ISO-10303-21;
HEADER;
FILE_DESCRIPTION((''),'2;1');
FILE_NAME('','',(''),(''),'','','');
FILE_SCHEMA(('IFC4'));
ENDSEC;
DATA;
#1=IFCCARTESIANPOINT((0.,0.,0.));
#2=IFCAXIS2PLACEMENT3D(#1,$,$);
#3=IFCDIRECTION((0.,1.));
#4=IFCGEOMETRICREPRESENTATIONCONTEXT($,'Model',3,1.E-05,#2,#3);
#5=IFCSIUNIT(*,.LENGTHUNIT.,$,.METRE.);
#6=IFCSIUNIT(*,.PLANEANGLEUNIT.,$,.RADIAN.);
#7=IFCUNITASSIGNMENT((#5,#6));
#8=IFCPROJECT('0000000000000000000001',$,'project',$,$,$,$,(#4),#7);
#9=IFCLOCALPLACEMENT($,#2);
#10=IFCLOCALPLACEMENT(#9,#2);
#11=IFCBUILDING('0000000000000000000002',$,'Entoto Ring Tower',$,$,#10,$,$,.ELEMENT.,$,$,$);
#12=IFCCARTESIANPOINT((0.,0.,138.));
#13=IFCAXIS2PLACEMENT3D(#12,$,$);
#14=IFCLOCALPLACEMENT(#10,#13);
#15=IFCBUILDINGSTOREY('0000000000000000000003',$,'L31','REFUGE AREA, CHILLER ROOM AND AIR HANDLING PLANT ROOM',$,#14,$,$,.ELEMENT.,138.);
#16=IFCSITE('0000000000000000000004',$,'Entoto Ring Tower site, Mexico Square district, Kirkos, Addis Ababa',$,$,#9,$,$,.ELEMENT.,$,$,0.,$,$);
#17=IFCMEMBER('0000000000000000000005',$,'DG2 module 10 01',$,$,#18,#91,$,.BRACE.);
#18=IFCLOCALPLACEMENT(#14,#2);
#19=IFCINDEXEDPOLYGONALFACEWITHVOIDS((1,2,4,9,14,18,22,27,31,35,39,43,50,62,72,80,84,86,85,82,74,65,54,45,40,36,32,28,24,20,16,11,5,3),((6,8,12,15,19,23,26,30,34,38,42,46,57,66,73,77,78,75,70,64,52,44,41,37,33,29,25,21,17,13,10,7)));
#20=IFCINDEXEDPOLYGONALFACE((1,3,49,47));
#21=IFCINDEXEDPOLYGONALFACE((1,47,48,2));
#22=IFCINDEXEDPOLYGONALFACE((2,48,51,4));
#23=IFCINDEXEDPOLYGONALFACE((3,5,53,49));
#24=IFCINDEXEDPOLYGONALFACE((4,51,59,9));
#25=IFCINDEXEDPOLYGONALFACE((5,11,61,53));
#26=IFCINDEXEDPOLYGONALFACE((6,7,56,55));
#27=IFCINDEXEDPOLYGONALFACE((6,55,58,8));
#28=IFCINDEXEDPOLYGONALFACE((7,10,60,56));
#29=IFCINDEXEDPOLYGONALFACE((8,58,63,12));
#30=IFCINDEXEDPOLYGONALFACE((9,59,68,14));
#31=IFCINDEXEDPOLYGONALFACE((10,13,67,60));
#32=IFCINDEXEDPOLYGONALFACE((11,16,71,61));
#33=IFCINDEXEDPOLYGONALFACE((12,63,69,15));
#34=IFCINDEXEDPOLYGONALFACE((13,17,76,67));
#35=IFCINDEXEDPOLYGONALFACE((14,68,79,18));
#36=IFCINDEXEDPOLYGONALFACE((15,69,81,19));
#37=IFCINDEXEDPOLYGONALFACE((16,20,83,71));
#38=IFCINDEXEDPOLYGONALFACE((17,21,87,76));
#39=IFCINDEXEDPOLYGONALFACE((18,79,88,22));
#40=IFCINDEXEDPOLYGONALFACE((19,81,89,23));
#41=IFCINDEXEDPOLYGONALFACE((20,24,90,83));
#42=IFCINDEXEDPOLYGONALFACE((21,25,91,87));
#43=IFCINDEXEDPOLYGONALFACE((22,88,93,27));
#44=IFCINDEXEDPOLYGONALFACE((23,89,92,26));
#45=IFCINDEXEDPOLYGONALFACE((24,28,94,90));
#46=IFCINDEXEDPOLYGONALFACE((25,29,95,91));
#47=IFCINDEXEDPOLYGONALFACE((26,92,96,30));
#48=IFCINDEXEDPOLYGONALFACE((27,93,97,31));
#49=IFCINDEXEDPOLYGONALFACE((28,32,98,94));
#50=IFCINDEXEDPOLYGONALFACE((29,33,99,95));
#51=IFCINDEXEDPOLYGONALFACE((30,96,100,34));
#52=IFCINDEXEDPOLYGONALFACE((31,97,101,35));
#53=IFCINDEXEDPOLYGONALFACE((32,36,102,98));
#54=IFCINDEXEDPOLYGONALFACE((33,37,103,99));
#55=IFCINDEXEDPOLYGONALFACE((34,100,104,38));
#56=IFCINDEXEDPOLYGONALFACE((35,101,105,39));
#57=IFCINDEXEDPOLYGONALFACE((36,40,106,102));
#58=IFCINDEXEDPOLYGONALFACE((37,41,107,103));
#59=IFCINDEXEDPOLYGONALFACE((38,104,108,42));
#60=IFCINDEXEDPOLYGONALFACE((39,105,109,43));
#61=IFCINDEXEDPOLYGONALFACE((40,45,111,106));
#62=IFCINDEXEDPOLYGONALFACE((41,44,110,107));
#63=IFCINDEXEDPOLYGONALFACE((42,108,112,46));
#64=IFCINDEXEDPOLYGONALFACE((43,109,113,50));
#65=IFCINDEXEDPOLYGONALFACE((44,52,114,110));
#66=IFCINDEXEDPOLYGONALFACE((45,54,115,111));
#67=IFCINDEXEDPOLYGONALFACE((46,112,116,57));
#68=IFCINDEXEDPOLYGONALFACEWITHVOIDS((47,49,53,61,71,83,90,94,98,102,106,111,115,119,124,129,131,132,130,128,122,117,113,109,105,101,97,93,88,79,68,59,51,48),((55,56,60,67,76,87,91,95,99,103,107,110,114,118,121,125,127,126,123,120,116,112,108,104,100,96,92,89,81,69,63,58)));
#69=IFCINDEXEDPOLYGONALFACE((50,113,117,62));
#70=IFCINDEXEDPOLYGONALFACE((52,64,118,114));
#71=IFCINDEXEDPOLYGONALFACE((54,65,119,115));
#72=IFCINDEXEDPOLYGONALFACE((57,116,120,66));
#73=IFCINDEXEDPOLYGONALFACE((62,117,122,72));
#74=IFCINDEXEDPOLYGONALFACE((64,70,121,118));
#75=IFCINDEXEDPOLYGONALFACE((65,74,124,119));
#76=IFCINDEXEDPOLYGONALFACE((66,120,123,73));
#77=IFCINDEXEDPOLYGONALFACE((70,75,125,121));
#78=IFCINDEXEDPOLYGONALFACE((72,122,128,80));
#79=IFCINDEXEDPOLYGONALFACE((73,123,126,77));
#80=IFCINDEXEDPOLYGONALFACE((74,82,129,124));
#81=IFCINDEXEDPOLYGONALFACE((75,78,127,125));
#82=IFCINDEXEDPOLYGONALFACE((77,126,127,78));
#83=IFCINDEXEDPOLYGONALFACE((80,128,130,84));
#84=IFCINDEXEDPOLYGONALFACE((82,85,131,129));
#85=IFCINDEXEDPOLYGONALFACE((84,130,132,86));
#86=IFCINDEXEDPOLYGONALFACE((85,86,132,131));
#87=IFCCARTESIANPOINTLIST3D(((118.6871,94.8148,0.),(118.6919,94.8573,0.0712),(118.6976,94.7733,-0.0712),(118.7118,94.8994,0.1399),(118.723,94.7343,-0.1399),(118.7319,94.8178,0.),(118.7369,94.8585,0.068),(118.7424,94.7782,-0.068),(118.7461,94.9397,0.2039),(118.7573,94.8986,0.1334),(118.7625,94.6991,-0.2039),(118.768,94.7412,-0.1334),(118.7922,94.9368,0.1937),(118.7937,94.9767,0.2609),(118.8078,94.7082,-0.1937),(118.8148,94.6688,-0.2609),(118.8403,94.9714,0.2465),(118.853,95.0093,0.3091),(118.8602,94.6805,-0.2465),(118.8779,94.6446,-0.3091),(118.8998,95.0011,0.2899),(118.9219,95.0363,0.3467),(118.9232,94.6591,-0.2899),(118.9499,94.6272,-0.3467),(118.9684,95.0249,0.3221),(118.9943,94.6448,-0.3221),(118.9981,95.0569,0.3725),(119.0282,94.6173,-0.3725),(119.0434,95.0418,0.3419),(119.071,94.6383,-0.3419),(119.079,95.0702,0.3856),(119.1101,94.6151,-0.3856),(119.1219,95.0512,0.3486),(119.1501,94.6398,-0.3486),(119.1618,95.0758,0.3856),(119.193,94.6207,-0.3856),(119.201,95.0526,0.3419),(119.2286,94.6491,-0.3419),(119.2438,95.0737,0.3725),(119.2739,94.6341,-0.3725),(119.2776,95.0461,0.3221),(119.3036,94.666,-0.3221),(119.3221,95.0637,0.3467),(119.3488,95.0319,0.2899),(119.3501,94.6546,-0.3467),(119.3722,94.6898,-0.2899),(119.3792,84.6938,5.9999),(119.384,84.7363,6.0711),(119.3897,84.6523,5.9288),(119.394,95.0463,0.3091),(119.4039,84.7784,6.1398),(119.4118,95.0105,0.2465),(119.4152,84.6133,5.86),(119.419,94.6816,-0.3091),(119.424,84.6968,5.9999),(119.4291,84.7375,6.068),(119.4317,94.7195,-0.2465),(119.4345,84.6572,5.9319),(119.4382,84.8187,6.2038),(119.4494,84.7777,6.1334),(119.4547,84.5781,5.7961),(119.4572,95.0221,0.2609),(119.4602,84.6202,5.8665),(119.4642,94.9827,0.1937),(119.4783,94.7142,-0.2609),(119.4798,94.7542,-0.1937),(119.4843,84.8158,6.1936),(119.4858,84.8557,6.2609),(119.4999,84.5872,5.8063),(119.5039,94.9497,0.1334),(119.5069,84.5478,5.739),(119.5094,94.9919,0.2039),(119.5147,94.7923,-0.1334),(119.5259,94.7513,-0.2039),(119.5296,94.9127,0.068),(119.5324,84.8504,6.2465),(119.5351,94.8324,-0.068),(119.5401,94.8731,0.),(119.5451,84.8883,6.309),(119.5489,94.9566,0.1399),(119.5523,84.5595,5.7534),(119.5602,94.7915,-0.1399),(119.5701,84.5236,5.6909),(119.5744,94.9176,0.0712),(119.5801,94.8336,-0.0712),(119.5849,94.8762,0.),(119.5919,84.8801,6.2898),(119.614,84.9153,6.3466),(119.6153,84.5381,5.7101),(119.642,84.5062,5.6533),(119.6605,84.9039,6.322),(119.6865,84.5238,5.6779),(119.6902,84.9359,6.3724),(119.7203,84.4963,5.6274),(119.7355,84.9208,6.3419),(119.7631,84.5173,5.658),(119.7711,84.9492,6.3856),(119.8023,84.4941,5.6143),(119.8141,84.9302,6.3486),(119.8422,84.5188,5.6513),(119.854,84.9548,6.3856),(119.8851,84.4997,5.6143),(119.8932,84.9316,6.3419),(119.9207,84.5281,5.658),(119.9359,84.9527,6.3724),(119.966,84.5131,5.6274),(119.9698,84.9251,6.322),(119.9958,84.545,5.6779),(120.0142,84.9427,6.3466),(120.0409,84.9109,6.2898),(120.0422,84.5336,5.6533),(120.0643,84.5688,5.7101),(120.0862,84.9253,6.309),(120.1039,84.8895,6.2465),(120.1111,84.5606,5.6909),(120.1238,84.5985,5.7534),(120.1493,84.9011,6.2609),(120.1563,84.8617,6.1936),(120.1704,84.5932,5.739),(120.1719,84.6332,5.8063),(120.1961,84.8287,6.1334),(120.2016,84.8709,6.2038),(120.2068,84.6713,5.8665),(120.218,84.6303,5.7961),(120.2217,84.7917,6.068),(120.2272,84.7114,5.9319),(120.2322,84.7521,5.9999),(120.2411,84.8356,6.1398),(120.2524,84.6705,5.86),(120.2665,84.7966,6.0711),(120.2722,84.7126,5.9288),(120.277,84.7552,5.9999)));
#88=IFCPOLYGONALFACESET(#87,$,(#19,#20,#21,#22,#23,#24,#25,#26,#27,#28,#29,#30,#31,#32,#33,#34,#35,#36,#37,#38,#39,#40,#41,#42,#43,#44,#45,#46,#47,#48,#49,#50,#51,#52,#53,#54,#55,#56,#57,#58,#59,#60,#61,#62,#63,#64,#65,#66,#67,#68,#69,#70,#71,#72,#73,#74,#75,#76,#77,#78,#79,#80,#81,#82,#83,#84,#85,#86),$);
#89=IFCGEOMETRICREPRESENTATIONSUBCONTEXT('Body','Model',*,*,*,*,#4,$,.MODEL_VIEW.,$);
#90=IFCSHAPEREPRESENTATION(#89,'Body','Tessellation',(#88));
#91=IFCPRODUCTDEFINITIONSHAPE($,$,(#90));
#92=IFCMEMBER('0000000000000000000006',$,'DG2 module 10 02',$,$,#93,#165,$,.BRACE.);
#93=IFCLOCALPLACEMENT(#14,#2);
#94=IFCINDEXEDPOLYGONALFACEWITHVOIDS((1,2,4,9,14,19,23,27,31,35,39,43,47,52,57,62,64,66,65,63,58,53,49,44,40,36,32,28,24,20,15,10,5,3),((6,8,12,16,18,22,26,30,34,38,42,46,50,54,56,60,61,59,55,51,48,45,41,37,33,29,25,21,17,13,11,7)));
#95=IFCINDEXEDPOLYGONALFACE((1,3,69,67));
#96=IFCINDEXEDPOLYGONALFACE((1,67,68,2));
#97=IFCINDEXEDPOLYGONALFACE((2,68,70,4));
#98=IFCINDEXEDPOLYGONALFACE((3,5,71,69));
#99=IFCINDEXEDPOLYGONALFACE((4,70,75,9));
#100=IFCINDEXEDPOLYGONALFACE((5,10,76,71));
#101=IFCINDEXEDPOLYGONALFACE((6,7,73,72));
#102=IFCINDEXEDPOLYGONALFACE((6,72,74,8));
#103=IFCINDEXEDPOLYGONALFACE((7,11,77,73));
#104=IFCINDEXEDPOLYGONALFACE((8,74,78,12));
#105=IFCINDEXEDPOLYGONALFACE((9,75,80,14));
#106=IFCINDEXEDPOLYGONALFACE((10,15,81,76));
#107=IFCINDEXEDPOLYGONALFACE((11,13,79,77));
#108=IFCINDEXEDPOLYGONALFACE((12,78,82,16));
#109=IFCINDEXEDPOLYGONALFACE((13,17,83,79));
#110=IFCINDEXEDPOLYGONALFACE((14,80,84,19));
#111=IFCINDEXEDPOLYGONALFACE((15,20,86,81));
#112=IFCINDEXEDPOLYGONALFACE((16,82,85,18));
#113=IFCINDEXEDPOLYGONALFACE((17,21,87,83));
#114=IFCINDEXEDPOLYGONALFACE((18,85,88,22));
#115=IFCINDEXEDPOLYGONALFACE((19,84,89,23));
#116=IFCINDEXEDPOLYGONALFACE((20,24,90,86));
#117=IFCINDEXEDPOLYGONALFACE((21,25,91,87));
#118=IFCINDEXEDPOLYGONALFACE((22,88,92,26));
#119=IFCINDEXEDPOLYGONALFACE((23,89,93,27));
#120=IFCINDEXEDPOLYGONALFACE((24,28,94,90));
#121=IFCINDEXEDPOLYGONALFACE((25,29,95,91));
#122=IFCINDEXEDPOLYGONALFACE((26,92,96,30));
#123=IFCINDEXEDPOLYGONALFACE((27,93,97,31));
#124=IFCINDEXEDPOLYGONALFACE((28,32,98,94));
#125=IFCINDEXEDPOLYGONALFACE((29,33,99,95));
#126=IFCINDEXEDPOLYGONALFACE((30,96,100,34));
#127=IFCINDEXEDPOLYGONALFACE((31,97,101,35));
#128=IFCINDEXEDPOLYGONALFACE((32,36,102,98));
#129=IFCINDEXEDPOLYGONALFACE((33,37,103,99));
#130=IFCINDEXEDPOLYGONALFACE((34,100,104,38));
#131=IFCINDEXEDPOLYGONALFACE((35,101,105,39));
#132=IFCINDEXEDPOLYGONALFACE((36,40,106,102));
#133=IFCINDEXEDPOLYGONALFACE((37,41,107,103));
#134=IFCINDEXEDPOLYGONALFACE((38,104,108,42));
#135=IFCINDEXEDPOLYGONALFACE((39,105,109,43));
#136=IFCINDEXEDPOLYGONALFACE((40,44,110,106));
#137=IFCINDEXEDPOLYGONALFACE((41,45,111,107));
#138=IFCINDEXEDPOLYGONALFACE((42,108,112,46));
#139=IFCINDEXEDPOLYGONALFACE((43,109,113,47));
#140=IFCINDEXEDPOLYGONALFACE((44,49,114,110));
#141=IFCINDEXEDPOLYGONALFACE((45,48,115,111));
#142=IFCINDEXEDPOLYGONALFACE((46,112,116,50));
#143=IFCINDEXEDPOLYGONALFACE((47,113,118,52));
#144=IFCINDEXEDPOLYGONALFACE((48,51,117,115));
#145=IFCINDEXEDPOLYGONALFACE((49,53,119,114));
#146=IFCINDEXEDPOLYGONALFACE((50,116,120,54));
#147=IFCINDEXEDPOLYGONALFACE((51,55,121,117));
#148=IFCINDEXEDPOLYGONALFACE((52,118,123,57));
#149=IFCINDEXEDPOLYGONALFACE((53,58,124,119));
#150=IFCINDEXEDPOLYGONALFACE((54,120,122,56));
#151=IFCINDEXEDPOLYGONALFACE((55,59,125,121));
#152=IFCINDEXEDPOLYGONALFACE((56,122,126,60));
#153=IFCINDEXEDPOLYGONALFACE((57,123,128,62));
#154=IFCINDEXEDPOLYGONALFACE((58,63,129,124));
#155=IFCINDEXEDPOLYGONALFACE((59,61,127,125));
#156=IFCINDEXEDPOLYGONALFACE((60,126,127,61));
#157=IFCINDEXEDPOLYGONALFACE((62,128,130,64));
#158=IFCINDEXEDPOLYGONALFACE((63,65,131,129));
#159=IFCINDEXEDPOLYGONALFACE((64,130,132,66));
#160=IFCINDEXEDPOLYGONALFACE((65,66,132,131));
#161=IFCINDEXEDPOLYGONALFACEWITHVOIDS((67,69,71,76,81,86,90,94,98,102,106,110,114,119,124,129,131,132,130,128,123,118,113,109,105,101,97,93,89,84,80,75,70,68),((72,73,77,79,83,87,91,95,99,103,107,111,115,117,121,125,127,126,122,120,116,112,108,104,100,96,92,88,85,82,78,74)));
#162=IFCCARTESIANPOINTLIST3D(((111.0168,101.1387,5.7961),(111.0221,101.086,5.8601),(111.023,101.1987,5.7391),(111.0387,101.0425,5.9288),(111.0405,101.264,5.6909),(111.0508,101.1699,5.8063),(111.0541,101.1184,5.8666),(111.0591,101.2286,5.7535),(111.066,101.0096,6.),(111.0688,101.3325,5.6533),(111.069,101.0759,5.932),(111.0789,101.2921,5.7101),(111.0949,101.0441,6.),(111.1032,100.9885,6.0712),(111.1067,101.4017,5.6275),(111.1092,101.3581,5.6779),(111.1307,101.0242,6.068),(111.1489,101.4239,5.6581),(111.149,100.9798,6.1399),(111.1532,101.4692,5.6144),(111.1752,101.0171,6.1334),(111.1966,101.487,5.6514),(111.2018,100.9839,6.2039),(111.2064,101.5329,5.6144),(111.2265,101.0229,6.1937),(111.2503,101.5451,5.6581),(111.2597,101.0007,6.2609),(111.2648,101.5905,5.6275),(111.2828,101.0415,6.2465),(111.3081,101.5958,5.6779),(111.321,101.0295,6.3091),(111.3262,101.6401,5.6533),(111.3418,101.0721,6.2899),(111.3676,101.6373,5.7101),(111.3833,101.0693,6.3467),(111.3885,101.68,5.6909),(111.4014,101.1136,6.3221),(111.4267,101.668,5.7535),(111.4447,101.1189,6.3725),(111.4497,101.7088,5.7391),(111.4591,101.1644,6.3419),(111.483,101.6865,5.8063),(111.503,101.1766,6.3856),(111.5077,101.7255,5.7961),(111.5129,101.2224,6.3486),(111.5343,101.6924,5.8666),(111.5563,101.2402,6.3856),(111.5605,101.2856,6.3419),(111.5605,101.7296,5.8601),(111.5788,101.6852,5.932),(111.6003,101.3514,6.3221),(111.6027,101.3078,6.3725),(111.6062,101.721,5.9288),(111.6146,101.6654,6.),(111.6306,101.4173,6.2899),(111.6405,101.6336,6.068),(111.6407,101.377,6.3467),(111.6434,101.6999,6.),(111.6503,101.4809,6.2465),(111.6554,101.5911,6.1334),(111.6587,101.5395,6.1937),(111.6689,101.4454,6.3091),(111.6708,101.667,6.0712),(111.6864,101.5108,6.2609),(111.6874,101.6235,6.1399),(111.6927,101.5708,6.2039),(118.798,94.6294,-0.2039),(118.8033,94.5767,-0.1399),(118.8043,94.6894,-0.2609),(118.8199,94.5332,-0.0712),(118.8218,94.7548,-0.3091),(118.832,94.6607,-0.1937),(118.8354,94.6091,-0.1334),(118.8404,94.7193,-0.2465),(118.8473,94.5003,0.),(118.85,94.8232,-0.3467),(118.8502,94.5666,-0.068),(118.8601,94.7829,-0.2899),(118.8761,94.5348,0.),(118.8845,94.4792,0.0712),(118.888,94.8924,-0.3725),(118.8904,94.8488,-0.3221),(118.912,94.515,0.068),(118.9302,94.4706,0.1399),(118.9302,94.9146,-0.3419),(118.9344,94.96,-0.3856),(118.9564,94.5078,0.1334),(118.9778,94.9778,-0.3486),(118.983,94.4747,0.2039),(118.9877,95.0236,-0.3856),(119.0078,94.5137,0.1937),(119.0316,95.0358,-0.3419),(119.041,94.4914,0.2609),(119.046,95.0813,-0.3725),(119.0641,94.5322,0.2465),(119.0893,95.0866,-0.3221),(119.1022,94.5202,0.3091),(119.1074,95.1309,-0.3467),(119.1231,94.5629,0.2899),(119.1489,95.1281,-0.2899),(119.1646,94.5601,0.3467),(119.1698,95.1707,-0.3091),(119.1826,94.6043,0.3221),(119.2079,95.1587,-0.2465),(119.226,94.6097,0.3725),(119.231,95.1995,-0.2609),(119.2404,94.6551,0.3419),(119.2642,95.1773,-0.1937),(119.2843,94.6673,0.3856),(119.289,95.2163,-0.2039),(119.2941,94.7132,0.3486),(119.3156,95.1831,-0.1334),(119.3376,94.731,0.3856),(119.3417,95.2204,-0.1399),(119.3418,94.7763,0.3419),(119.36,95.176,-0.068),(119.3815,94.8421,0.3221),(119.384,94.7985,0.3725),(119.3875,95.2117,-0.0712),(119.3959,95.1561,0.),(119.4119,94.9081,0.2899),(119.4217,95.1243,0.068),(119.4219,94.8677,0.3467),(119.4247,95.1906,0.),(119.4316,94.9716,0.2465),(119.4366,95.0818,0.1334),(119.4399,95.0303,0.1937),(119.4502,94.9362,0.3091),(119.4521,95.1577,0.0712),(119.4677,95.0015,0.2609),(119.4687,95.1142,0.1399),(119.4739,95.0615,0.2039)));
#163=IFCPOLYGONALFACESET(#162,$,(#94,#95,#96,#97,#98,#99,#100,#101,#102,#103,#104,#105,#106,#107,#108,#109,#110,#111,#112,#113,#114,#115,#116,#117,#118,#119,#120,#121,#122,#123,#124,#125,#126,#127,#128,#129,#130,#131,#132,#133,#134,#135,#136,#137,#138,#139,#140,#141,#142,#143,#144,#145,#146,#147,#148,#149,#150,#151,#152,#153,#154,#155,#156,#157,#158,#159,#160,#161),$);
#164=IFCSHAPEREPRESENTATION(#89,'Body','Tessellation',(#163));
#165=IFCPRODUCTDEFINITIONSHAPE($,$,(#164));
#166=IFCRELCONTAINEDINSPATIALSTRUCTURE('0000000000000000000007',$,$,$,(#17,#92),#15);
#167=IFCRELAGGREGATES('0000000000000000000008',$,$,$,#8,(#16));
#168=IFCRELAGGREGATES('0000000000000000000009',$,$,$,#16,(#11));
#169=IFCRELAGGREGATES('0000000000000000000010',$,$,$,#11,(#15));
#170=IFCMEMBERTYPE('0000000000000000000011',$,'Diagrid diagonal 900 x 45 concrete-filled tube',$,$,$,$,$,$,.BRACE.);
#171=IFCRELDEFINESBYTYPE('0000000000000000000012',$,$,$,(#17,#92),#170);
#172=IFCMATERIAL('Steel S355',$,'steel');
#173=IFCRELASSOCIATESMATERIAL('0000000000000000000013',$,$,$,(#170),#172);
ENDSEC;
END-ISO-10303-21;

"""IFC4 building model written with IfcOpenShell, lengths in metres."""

from ifc_helpers import new_model, si_unit, direction, frame, origin, origin_2d, place, context, subcontext, project, spatial, circle, hollow_circle, extrude, material, material_profile, profile_set, type_object, element, save


model = new_model("IFC4")

# Units and contexts
model_context = context("Model", 3, precision=1e-05, world=origin(), true_north=direction((0.0, 1.0)))
body_context = subcontext(model_context, "Body", "Model", "MODEL_VIEW")
ifc_project = project(units=[si_unit("LENGTHUNIT", "METRE"), si_unit("PLANEANGLEUNIT", "RADIAN")], contexts=[model_context])

# Site, building, storey
site_placement = place(None, origin())
site = spatial("IfcSite", under=ifc_project, at=site_placement, Name="Entoto Ring Tower site, Mexico Square district, Kirkos, Addis Ababa", CompositionType="ELEMENT", RefElevation=0.0)
building_placement = place(site_placement, origin())
building = spatial("IfcBuilding", under=site, at=building_placement, Name="Entoto Ring Tower", CompositionType="ELEMENT")
storey_placement = place(building_placement, frame((0.0, 0.0, 138.0)))
storey = spatial("IfcBuildingStorey", under=building, at=storey_placement, Name="L31", Description="REFUGE AREA, CHILLER ROOM AND AIR HANDLING PLANT ROOM", CompositionType="ELEMENT", Elevation=138.0)

# Members
ifc_material_1 = material(Name="Steel S355", Category="steel")
ifc_material_profile_1 = material_profile(ifc_material_1, hollow_circle(Radius=0.45, WallThickness=0.0449, at=origin_2d()), Name="CHS 900 x 45")
ifc_material_2 = material(Name="Concrete C60/75", Category="concrete")
ifc_material_profile_2 = material_profile(ifc_material_2, circle(Radius=0.405, at=origin_2d()), Name="Concrete C60/75 infill")
ifc_profile_set_1 = profile_set([ifc_material_profile_1, ifc_material_profile_2], Name="Steel S355")
member_type_1 = type_object("IfcMemberType", Name="Diagrid diagonal 900 x 45 concrete-filled tube", PredefinedType="BRACE", material=ifc_profile_set_1)
member_1_placement = place(storey_placement, frame((119.136, 94.8455, 0.0), z_axis=(0.058724, -0.858721, 0.509068), x_axis=(0.99767, 0.068226, 0.0)))
element("IfcMember", 1, at=member_1_placement, inside=storey, type_object=member_type_1, Name="DG2 module 10 01", PredefinedType="BRACE", context=body_context, shape_type="SweptSolid", body=[
    extrude(hollow_circle(Radius=0.45, WallThickness=0.0449, at=origin_2d()), origin(), (0.0, 0.0, 1.0), 11.7861),
])
for number, where, z_axis, x_axis, name in (
    (2, (119.136, 94.8455, 0.0), (-0.66019, 0.552272, 0.509063), (-0.641632, -0.767013, 0.0), "DG2 module 10 02"),
):
    element("IfcMember", number, at=place(storey_placement, frame(where, z_axis=z_axis, x_axis=x_axis)), inside=storey, type_object=member_type_1, Name=name, PredefinedType="BRACE", context=body_context, shape_type="SweptSolid", body=[
        extrude(hollow_circle(Radius=0.45, WallThickness=0.0449, at=origin_2d()), origin(), (0.0, 0.0, 1.0), 11.7864),
    ])

save(model, "model.ifc")
